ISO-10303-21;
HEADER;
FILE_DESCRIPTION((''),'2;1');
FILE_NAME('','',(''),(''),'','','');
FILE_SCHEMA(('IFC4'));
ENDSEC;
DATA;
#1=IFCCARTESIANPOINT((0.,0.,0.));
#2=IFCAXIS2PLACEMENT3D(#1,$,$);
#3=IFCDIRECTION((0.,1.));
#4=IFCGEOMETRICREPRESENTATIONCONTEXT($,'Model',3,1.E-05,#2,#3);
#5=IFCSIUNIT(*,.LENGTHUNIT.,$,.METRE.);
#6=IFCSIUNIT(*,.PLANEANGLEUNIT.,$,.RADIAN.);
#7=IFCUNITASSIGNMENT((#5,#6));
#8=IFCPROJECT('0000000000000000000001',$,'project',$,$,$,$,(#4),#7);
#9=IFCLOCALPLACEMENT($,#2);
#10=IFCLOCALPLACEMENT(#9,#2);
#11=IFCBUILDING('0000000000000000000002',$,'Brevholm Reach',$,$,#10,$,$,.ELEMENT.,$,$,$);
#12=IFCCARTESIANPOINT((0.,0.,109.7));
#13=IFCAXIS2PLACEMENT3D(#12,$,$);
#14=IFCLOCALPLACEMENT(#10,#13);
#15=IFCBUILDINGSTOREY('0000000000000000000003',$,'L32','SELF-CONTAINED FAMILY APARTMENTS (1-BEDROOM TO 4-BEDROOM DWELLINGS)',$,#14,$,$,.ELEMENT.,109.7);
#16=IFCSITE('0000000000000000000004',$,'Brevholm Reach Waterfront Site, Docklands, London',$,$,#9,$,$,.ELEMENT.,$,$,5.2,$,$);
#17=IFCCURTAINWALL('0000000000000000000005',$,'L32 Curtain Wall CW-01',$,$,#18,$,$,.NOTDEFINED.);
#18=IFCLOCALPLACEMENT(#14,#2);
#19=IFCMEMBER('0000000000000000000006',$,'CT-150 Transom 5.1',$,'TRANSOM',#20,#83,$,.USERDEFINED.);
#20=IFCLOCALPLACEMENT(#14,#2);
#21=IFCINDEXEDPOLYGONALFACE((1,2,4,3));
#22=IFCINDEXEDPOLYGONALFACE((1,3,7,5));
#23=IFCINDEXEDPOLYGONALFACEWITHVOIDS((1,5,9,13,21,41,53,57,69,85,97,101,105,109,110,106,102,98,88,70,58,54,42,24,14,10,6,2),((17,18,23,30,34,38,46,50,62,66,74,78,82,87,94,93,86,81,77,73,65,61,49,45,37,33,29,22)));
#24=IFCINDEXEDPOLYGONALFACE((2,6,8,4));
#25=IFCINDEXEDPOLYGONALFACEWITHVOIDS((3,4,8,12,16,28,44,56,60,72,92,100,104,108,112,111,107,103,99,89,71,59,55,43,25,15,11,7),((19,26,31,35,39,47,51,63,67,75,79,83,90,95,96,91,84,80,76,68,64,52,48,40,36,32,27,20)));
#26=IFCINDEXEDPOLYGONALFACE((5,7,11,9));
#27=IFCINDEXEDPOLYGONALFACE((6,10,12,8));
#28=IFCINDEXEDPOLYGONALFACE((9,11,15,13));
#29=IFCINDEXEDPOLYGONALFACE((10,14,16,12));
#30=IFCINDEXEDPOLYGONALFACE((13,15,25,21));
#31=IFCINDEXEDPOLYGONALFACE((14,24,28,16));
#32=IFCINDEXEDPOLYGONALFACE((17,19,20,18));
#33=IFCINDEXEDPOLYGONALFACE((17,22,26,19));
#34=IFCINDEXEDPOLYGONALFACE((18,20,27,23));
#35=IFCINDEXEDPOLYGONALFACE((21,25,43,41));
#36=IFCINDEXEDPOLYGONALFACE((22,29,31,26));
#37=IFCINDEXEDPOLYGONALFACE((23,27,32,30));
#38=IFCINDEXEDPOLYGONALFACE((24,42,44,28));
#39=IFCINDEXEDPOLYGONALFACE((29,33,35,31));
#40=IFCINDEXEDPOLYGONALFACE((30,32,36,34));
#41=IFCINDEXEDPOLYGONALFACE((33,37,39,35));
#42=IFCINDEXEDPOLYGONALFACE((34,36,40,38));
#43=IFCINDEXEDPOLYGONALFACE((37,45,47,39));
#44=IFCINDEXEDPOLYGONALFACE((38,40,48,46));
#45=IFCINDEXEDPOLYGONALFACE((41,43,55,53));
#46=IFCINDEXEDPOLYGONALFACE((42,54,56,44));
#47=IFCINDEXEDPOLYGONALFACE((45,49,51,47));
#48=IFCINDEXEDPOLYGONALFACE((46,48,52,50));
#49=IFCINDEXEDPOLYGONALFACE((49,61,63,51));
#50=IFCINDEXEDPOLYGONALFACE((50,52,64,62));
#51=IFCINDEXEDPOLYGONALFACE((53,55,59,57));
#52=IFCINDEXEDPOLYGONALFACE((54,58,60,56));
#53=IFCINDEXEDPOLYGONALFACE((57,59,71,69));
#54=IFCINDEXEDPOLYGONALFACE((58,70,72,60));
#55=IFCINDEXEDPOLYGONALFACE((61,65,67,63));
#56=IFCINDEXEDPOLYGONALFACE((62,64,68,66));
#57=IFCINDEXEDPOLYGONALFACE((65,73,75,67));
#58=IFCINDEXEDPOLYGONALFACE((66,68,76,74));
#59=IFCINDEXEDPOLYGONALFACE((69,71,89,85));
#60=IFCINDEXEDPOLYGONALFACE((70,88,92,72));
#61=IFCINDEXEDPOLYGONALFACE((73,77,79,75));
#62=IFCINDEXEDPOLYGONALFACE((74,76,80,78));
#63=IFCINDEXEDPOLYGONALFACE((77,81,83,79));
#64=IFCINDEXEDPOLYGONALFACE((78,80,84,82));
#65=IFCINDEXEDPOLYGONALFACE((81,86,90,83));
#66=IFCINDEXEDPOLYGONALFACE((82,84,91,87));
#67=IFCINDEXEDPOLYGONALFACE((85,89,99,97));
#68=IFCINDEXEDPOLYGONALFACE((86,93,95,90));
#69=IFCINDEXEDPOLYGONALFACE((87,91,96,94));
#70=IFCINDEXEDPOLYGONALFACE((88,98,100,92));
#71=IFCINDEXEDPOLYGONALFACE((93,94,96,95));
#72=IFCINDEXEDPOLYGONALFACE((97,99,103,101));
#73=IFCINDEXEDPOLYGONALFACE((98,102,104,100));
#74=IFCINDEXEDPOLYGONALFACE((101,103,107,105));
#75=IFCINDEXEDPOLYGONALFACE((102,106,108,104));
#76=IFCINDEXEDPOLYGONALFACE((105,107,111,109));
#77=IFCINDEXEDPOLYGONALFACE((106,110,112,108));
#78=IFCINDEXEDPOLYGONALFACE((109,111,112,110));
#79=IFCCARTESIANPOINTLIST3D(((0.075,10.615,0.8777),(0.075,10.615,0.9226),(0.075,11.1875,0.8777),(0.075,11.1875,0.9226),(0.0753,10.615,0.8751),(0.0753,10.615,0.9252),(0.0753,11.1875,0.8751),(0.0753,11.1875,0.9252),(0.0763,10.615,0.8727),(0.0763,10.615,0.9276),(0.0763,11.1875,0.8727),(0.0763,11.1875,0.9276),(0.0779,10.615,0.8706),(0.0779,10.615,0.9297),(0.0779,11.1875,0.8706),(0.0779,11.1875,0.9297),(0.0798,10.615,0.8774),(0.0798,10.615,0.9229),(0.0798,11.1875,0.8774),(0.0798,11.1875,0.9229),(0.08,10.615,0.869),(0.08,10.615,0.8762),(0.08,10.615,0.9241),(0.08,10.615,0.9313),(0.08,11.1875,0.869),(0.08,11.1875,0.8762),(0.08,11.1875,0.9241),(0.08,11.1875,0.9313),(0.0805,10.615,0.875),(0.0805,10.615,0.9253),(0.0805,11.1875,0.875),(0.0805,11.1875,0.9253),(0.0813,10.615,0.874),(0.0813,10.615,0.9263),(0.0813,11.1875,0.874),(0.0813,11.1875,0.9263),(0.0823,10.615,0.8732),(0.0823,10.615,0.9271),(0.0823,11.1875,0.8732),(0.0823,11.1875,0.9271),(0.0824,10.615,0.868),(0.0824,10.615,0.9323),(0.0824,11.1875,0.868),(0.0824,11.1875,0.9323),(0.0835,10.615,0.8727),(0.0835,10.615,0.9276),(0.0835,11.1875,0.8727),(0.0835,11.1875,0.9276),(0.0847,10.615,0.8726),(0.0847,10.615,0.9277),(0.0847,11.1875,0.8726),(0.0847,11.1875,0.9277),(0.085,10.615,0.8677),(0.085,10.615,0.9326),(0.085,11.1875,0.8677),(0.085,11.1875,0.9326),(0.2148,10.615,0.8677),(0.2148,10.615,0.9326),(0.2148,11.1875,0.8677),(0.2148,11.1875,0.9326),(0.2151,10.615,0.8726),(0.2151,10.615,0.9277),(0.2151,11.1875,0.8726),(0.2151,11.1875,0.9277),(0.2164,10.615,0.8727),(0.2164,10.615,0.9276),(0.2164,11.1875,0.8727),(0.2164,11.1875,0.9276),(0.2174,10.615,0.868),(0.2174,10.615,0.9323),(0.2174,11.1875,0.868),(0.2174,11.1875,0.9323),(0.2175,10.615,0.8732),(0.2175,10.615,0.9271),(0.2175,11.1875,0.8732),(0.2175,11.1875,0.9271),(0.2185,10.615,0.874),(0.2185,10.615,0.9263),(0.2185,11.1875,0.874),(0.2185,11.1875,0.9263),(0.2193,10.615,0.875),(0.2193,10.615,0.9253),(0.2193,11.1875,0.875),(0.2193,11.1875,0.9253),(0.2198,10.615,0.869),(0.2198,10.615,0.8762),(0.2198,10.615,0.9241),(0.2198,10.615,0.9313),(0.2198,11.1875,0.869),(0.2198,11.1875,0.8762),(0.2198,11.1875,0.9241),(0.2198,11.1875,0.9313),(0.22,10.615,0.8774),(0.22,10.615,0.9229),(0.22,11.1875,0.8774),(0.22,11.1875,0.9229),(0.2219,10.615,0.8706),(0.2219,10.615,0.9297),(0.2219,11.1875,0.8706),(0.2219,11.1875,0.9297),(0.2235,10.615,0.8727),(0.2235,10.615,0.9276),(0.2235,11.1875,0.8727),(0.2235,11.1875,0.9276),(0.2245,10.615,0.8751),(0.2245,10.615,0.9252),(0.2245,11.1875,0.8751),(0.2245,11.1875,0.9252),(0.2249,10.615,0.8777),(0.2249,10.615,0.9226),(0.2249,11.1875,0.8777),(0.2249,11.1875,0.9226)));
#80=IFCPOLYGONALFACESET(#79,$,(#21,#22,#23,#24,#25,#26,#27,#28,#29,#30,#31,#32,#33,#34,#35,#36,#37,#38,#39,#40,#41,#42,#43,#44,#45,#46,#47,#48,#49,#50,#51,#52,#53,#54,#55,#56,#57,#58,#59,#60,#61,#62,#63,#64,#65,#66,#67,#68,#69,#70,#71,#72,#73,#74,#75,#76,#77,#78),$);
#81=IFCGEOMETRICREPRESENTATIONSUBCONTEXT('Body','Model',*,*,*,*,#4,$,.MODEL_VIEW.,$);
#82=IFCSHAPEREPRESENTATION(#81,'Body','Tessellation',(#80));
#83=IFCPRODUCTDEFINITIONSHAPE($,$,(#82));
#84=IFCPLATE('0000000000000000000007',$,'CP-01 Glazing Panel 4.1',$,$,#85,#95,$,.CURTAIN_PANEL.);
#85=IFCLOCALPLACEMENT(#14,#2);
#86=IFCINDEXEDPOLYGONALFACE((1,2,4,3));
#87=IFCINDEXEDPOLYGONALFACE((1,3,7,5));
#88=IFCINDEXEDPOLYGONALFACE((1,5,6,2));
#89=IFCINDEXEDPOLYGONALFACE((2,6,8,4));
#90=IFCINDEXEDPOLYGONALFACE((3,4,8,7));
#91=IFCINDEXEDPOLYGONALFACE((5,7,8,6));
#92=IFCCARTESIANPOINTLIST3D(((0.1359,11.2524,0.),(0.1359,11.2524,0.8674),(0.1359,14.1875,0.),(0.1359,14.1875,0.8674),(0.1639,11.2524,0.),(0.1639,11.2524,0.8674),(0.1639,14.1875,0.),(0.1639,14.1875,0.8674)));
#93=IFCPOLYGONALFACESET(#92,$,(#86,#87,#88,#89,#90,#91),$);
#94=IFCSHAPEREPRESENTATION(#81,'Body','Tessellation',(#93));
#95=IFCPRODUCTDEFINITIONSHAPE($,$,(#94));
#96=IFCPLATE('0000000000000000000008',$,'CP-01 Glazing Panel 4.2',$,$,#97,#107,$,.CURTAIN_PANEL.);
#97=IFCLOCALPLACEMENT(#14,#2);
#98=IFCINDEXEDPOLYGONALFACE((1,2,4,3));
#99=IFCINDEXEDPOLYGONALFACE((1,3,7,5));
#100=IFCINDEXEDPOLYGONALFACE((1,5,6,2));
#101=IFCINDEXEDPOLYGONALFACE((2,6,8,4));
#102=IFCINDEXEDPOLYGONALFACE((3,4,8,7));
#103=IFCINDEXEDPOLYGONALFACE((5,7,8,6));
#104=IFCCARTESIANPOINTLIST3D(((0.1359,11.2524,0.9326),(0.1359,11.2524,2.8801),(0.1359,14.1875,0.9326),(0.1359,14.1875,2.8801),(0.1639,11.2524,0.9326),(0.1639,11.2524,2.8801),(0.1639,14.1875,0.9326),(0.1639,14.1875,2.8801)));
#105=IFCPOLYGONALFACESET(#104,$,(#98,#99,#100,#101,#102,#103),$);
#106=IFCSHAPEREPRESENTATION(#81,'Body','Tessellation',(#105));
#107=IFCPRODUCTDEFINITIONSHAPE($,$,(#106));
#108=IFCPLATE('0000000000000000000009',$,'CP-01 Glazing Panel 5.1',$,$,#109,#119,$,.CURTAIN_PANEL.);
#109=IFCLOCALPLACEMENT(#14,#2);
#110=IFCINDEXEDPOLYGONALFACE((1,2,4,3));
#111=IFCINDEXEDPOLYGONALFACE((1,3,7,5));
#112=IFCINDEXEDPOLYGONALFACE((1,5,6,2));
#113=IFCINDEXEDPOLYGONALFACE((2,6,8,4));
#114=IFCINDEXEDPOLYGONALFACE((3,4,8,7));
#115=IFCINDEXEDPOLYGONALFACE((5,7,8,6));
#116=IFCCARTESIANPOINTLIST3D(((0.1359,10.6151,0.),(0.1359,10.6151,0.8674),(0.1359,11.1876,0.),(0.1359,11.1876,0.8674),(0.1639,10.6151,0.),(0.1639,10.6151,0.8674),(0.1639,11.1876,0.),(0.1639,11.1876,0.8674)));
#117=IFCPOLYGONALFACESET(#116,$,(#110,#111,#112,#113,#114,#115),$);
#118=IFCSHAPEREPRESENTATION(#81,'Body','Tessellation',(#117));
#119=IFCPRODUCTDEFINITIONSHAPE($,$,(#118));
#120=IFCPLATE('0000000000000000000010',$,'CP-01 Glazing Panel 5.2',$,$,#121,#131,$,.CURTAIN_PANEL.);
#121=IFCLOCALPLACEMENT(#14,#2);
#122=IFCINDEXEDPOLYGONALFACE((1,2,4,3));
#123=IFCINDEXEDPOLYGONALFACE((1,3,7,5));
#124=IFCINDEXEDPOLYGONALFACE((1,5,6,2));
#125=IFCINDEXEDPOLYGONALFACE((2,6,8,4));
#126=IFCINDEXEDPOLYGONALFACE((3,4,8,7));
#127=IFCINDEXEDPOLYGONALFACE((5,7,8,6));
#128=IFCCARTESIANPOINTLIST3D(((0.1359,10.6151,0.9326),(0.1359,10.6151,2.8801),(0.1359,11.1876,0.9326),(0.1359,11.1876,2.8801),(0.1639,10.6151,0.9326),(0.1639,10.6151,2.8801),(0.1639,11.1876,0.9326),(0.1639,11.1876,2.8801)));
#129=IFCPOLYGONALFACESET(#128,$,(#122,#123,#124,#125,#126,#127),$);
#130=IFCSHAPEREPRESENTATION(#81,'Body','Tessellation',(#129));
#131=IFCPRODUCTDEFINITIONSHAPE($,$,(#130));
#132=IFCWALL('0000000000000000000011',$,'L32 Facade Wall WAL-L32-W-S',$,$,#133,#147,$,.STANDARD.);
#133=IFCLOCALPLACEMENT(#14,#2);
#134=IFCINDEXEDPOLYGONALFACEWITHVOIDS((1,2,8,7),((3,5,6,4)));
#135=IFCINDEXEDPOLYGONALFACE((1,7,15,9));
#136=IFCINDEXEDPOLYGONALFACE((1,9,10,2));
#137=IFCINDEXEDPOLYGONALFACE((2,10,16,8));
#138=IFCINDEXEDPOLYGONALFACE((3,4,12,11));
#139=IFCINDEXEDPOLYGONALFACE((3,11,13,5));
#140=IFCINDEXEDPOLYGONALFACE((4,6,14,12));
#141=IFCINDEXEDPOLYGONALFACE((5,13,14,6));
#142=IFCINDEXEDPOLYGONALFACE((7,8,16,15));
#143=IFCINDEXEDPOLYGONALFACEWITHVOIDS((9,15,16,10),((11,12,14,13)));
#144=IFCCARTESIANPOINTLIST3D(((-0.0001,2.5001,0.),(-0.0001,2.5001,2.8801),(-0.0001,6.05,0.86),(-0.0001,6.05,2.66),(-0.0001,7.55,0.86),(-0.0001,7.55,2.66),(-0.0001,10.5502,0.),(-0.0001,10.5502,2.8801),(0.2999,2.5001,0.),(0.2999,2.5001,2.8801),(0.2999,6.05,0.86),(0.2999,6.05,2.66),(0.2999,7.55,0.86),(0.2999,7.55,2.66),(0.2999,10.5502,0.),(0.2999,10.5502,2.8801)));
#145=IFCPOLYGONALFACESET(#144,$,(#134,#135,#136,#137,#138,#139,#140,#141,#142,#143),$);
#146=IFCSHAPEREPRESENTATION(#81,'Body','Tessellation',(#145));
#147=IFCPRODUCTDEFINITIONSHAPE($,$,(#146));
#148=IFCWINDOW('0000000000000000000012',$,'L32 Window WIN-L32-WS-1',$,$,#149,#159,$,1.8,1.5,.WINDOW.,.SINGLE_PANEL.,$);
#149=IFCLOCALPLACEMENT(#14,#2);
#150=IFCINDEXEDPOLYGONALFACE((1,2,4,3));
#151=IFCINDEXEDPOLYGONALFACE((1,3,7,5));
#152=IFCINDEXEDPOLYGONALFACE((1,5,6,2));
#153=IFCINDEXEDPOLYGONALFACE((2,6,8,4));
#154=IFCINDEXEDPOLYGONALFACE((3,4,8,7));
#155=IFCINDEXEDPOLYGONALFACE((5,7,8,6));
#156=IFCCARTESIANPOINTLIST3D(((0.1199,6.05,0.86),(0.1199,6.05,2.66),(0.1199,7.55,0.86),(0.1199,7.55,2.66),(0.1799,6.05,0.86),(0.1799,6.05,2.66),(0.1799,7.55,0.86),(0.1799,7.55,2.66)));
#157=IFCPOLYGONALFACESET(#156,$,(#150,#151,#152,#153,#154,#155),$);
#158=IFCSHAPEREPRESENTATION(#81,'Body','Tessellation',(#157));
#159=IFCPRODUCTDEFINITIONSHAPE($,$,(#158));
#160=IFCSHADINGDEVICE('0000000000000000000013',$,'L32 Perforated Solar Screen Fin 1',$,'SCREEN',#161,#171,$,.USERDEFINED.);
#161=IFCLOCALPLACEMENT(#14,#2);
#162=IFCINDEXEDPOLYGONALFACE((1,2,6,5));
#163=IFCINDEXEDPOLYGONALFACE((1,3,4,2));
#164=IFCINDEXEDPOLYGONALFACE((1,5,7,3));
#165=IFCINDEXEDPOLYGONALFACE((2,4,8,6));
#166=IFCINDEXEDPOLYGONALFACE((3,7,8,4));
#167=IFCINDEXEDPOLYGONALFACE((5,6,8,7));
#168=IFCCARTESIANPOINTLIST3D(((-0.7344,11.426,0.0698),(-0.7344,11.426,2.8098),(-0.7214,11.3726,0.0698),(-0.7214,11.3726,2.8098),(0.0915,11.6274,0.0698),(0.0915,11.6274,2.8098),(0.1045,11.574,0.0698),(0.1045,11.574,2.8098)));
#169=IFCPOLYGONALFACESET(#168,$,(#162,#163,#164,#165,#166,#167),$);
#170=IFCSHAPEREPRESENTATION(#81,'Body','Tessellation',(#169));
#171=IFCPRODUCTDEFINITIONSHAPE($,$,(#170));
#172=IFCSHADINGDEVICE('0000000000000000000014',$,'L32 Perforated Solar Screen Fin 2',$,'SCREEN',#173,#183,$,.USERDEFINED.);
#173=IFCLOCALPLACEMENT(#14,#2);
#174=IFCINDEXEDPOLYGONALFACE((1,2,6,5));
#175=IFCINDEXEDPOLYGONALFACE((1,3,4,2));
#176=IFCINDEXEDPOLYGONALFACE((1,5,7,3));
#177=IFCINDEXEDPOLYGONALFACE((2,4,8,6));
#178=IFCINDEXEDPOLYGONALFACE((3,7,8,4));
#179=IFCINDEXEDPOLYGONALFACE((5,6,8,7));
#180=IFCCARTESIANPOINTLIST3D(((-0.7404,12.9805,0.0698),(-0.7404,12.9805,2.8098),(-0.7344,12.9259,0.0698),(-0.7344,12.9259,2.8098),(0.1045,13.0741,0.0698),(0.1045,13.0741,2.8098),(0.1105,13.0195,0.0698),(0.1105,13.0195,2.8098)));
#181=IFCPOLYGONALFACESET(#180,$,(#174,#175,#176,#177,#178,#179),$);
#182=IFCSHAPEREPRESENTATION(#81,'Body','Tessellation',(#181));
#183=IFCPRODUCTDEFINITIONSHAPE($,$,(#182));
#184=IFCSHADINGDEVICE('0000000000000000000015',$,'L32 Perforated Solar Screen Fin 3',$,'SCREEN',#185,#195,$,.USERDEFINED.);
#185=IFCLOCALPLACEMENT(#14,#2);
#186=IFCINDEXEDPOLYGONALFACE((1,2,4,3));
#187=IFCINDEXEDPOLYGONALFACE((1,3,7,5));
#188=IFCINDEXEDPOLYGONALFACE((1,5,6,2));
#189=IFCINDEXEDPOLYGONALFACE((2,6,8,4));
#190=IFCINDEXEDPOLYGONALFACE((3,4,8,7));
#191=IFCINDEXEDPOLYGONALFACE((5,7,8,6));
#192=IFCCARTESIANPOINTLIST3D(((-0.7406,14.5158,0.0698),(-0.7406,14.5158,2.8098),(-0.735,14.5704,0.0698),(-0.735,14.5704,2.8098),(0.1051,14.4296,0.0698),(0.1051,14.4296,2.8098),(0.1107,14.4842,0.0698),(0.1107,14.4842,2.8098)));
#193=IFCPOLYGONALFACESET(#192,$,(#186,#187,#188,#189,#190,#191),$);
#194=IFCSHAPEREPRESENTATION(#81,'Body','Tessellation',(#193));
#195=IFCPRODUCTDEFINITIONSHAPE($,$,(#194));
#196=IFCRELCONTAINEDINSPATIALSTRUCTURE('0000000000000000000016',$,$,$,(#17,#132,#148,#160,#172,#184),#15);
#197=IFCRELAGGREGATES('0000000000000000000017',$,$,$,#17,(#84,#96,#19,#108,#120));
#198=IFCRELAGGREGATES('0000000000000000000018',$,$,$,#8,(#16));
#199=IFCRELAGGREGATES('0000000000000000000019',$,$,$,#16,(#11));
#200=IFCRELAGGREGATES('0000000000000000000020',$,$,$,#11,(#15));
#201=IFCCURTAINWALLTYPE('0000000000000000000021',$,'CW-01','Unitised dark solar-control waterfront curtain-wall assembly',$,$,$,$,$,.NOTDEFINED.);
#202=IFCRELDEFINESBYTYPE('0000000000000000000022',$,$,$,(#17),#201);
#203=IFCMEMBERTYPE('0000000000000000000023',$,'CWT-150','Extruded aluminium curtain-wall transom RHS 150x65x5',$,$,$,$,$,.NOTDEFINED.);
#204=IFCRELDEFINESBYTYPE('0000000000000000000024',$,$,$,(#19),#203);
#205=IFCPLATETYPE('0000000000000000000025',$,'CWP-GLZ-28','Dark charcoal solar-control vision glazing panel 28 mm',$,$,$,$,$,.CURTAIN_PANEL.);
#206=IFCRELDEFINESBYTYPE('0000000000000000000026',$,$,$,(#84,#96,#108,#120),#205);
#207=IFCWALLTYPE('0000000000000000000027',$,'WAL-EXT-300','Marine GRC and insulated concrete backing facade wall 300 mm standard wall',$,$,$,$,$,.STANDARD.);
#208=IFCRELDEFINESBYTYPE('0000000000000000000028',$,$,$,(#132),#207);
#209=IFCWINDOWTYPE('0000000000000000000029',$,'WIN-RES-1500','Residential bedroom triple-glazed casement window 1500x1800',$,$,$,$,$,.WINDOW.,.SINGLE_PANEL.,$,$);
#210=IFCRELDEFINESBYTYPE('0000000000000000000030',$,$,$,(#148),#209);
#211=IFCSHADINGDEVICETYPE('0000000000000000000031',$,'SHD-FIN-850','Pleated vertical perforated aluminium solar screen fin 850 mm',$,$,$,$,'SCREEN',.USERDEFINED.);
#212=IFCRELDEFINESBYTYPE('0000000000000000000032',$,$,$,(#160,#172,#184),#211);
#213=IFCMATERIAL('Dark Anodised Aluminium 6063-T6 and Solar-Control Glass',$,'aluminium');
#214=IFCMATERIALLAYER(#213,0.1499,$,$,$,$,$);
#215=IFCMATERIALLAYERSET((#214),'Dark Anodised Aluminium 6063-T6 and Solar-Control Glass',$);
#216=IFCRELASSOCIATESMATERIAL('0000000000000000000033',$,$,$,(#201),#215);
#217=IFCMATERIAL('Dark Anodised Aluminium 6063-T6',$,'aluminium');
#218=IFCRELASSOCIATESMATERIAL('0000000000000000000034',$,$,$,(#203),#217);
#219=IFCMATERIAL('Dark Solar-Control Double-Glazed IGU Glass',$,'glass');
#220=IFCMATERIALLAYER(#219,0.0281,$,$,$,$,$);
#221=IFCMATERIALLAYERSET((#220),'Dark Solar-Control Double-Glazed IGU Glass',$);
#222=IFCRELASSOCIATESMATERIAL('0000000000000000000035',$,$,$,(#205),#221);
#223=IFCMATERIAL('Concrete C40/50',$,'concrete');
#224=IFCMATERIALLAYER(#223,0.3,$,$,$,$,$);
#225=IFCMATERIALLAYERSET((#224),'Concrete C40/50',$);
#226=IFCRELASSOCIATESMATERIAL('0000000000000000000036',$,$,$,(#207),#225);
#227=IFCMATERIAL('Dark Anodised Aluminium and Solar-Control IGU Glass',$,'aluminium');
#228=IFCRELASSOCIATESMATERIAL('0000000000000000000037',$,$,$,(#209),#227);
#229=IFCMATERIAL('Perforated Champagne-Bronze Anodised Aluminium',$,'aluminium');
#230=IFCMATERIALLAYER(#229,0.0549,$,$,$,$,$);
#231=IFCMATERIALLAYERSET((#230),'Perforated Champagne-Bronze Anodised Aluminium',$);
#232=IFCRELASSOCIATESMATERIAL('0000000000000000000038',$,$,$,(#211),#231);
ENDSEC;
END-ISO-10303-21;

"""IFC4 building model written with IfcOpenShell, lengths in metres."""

from ifc_helpers import new_model, si_unit, direction, frame, frame_2d, origin, origin_2d, place, context, subcontext, project, spatial, rectangle, hollow_rectangle, extrude, material, layer, layer_set, material_profile, profile_set, type_object, element, fill, aggregate, save


model = new_model("IFC4")

# Units and contexts
model_context = context("Model", 3, precision=1e-05, world=origin(), true_north=direction((0.0, 1.0)))
body_context = subcontext(model_context, "Body", "Model", "MODEL_VIEW")
ifc_project = project(units=[si_unit("LENGTHUNIT", "METRE"), si_unit("PLANEANGLEUNIT", "RADIAN")], contexts=[model_context])

# Site, building, storey
site_placement = place(None, origin())
site = spatial("IfcSite", under=ifc_project, at=site_placement, Name="Brevholm Reach Waterfront Site, Docklands, London", CompositionType="ELEMENT", RefElevation=5.2)
building_placement = place(site_placement, origin())
building = spatial("IfcBuilding", under=site, at=building_placement, Name="Brevholm Reach", CompositionType="ELEMENT")
storey_placement = place(building_placement, frame((0.0, 0.0, 109.7)))
storey = spatial("IfcBuildingStorey", under=building, at=storey_placement, Name="L32", Description="SELF-CONTAINED FAMILY APARTMENTS (1-BEDROOM TO 4-BEDROOM DWELLINGS)", CompositionType="ELEMENT", Elevation=109.7)

# Curtain wall, member, plates
ifc_material_1 = material(Name="Dark Anodised Aluminium 6063-T6 and Solar-Control Glass", Category="aluminium")
ifc_layer_1 = layer(ifc_material_1, 0.1499)
ifc_layer_set_1 = layer_set([ifc_layer_1], Name="Dark Anodised Aluminium 6063-T6 and Solar-Control Glass")
curtain_wall_type = type_object("IfcCurtainWallType", Name="CW-01", Description="Unitised dark solar-control waterfront curtain-wall assembly", PredefinedType="NOTDEFINED", material=ifc_layer_set_1)
curtain_wall_placement = place(storey_placement, origin())
curtain_wall = element("IfcCurtainWall", 1, at=curtain_wall_placement, inside=storey, type_object=curtain_wall_type, Name="L32 Curtain Wall CW-01", PredefinedType="NOTDEFINED")
ifc_material_2 = material(Name="Dark Anodised Aluminium 6063-T6", Category="aluminium")
ifc_material_profile_1 = material_profile(ifc_material_2, hollow_rectangle(XDim=0.0649, YDim=0.1499, WallThickness=0.0049, InnerFilletRadius=0.0049, OuterFilletRadius=0.01, at=origin_2d()), Name="RHS 150x65x5")
ifc_profile_set_1 = profile_set([ifc_material_profile_1], Name="Dark Anodised Aluminium 6063-T6")
member_type_1 = type_object("IfcMemberType", Name="CWT-150", Description="Extruded aluminium curtain-wall transom RHS 150x65x5", PredefinedType="NOTDEFINED", material=ifc_profile_set_1)
member_1_placement = place(storey_placement, frame((0.1499, 11.1875, 0.9001), z_axis=(0.0, -1.0, 0.0), x_axis=(0.0, 0.0, 1.0)))
member_1 = element("IfcMember", 2, at=member_1_placement, type_object=member_type_1, Name="CT-150 Transom 5.1", ObjectType="TRANSOM", PredefinedType="USERDEFINED", context=body_context, shape_type="SweptSolid", body=[
    extrude(hollow_rectangle(XDim=0.0649, YDim=0.1499, WallThickness=0.0049, InnerFilletRadius=0.0049, OuterFilletRadius=0.01, at=origin_2d()), origin(), (0.0, 0.0, 1.0), 0.5725),
])
ifc_material_3 = material(Name="Dark Solar-Control Double-Glazed IGU Glass", Category="glass")
ifc_layer_2 = layer(ifc_material_3, 0.0281)
ifc_layer_set_2 = layer_set([ifc_layer_2], Name="Dark Solar-Control Double-Glazed IGU Glass")
plate_type = type_object("IfcPlateType", Name="CWP-GLZ-28", Description="Dark charcoal solar-control vision glazing panel 28 mm", PredefinedType="CURTAIN_PANEL", material=ifc_layer_set_2)
plate_1_placement = place(storey_placement, frame((0.1499, 12.72, 0.0), z_axis=(0.0, 0.0, 1.0), x_axis=(0.0, -1.0, 0.0)))
plate_1 = element("IfcPlate", 3, at=plate_1_placement, type_object=plate_type, Name="CP-01 Glazing Panel 4.1", PredefinedType="CURTAIN_PANEL", context=body_context, shape_type="SweptSolid", body=[
    extrude(rectangle(XDim=2.9351, YDim=0.0281, at=origin_2d()), origin(), (0.0, 0.0, 1.0), 0.8674),
])
plate_2_placement = place(storey_placement, frame((0.1499, 12.72, 0.9326), z_axis=(0.0, 0.0, 1.0), x_axis=(0.0, -1.0, 0.0)))
plate_2 = element("IfcPlate", 4, at=plate_2_placement, type_object=plate_type, Name="CP-01 Glazing Panel 4.2", PredefinedType="CURTAIN_PANEL", context=body_context, shape_type="SweptSolid", body=[
    extrude(rectangle(XDim=2.9351, YDim=0.0281, at=origin_2d()), origin(), (0.0, 0.0, 1.0), 1.9475),
])
plate_3_placement = place(storey_placement, frame((0.1499, 10.9014, 0.0), z_axis=(0.0, 0.0, 1.0), x_axis=(0.0, -1.0, 0.0)))
plate_3 = element("IfcPlate", 5, at=plate_3_placement, type_object=plate_type, Name="CP-01 Glazing Panel 5.1", PredefinedType="CURTAIN_PANEL", context=body_context, shape_type="SweptSolid", body=[
    extrude(rectangle(XDim=0.5725, YDim=0.0281, at=origin_2d()), origin(), (0.0, 0.0, 1.0), 0.8674),
])
plate_4_placement = place(storey_placement, frame((0.1499, 10.9014, 0.9326), z_axis=(0.0, 0.0, 1.0), x_axis=(0.0, -1.0, 0.0)))
plate_4 = element("IfcPlate", 6, at=plate_4_placement, type_object=plate_type, Name="CP-01 Glazing Panel 5.2", PredefinedType="CURTAIN_PANEL", context=body_context, shape_type="SweptSolid", body=[
    extrude(rectangle(XDim=0.5725, YDim=0.0281, at=origin_2d()), origin(), (0.0, 0.0, 1.0), 1.9475),
])
aggregate(curtain_wall, [plate_1, plate_2, member_1, plate_3, plate_4])

# Wall, opening, window
ifc_material_4 = material(Name="Concrete C40/50", Category="concrete")
ifc_layer_3 = layer(ifc_material_4, 0.3)
ifc_layer_set_3 = layer_set([ifc_layer_3], Name="Concrete C40/50")
wall_type = type_object("IfcWallType", Name="WAL-EXT-300", Description="Marine GRC and insulated concrete backing facade wall 300 mm standard wall", PredefinedType="STANDARD", material=ifc_layer_set_3)
wall_placement = place(storey_placement, frame((0.1499, 10.55, 0.0), z_axis=(0.0, 0.0, 1.0), x_axis=(0.0, -1.0, 0.0)))
wall = element("IfcWall", 7, at=wall_placement, inside=storey, type_object=wall_type, Name="L32 Facade Wall WAL-L32-W-S", PredefinedType="STANDARD", context=body_context, shape_type="SweptSolid", body=[
    extrude(rectangle(XDim=8.05, YDim=0.3, at=frame_2d((4.0249, 0.0))), origin(), (0.0, 0.0, 1.0), 2.8801),
])
opening_placement = place(wall_placement, frame((3.0, 0.0, 0.8601)))
opening = element("IfcOpeningElement", 8, at=opening_placement, cuts=wall, PredefinedType="OPENING", context=body_context, shape_type="SweptSolid", body=[
    extrude(rectangle(XDim=1.5, YDim=1.8, at=frame_2d((0.75, 0.8999))), frame((0.0, 0.1599, 0.0), z_axis=(0.0, -1.0, 0.0), x_axis=(1.0, 0.0, 0.0)), (0.0, 0.0, 1.0), 0.3201),
])
ifc_material_5 = material(Name="Dark Anodised Aluminium and Solar-Control IGU Glass", Category="aluminium")
window_type = type_object("IfcWindowType", Name="WIN-RES-1500", Description="Residential bedroom triple-glazed casement window 1500x1800", PartitioningType="SINGLE_PANEL", PredefinedType="WINDOW", material=ifc_material_5)
window_placement = place(opening_placement, origin())
window = element("IfcWindow", 9, at=window_placement, inside=storey, type_object=window_type, Name="L32 Window WIN-L32-WS-1", OverallHeight=1.8, OverallWidth=1.5, PartitioningType="SINGLE_PANEL", PredefinedType="WINDOW", context=body_context, shape_type="SweptSolid", body=[
    extrude(rectangle(XDim=1.5, YDim=1.8, at=frame_2d((0.75, 0.8999))), frame((0.0, 0.03, 0.0), z_axis=(0.0, -1.0, 0.0), x_axis=(1.0, 0.0, 0.0)), (0.0, 0.0, 1.0), 0.0601),
])
fill(opening, window)

# Shading devices
ifc_material_6 = material(Name="Perforated Champagne-Bronze Anodised Aluminium", Category="aluminium")
ifc_layer_4 = layer(ifc_material_6, 0.0549)
ifc_layer_set_4 = layer_set([ifc_layer_4], Name="Perforated Champagne-Bronze Anodised Aluminium")
shading_device_type = type_object("IfcShadingDeviceType", Name="SHD-FIN-850", Description="Pleated vertical perforated aluminium solar screen fin 850 mm", ElementType="SCREEN", PredefinedType="USERDEFINED", material=ifc_layer_set_4)
for number, where, z_axis, x_axis, name in (
    (10, (-0.3149, 11.5, 0.0698), (0.0, 0.0, 1.0), (-0.971516, -0.236974, 0.0), "L32 Perforated Solar Screen Fin 1"),
    (11, (-0.3149, 13.0, 0.0698), (0.0, 0.0, 1.0), (-0.993913, -0.110168, 0.0), "L32 Perforated Solar Screen Fin 2"),
    (12, (-0.3149, 14.5, 0.0698), (0.0, 0.0, 1.0), (-0.994844, 0.101421, 0.0), "L32 Perforated Solar Screen Fin 3"),
):
    element("IfcShadingDevice", number, at=place(storey_placement, frame(where, z_axis=z_axis, x_axis=x_axis)), inside=storey, type_object=shading_device_type, Name=name, ObjectType="SCREEN", PredefinedType="USERDEFINED", context=body_context, shape_type="SweptSolid", body=[
        extrude(rectangle(XDim=0.8501, YDim=0.0549, at=origin_2d()), origin(), (0.0, 0.0, 1.0), 2.74),
    ])

save(model, "model.ifc")
